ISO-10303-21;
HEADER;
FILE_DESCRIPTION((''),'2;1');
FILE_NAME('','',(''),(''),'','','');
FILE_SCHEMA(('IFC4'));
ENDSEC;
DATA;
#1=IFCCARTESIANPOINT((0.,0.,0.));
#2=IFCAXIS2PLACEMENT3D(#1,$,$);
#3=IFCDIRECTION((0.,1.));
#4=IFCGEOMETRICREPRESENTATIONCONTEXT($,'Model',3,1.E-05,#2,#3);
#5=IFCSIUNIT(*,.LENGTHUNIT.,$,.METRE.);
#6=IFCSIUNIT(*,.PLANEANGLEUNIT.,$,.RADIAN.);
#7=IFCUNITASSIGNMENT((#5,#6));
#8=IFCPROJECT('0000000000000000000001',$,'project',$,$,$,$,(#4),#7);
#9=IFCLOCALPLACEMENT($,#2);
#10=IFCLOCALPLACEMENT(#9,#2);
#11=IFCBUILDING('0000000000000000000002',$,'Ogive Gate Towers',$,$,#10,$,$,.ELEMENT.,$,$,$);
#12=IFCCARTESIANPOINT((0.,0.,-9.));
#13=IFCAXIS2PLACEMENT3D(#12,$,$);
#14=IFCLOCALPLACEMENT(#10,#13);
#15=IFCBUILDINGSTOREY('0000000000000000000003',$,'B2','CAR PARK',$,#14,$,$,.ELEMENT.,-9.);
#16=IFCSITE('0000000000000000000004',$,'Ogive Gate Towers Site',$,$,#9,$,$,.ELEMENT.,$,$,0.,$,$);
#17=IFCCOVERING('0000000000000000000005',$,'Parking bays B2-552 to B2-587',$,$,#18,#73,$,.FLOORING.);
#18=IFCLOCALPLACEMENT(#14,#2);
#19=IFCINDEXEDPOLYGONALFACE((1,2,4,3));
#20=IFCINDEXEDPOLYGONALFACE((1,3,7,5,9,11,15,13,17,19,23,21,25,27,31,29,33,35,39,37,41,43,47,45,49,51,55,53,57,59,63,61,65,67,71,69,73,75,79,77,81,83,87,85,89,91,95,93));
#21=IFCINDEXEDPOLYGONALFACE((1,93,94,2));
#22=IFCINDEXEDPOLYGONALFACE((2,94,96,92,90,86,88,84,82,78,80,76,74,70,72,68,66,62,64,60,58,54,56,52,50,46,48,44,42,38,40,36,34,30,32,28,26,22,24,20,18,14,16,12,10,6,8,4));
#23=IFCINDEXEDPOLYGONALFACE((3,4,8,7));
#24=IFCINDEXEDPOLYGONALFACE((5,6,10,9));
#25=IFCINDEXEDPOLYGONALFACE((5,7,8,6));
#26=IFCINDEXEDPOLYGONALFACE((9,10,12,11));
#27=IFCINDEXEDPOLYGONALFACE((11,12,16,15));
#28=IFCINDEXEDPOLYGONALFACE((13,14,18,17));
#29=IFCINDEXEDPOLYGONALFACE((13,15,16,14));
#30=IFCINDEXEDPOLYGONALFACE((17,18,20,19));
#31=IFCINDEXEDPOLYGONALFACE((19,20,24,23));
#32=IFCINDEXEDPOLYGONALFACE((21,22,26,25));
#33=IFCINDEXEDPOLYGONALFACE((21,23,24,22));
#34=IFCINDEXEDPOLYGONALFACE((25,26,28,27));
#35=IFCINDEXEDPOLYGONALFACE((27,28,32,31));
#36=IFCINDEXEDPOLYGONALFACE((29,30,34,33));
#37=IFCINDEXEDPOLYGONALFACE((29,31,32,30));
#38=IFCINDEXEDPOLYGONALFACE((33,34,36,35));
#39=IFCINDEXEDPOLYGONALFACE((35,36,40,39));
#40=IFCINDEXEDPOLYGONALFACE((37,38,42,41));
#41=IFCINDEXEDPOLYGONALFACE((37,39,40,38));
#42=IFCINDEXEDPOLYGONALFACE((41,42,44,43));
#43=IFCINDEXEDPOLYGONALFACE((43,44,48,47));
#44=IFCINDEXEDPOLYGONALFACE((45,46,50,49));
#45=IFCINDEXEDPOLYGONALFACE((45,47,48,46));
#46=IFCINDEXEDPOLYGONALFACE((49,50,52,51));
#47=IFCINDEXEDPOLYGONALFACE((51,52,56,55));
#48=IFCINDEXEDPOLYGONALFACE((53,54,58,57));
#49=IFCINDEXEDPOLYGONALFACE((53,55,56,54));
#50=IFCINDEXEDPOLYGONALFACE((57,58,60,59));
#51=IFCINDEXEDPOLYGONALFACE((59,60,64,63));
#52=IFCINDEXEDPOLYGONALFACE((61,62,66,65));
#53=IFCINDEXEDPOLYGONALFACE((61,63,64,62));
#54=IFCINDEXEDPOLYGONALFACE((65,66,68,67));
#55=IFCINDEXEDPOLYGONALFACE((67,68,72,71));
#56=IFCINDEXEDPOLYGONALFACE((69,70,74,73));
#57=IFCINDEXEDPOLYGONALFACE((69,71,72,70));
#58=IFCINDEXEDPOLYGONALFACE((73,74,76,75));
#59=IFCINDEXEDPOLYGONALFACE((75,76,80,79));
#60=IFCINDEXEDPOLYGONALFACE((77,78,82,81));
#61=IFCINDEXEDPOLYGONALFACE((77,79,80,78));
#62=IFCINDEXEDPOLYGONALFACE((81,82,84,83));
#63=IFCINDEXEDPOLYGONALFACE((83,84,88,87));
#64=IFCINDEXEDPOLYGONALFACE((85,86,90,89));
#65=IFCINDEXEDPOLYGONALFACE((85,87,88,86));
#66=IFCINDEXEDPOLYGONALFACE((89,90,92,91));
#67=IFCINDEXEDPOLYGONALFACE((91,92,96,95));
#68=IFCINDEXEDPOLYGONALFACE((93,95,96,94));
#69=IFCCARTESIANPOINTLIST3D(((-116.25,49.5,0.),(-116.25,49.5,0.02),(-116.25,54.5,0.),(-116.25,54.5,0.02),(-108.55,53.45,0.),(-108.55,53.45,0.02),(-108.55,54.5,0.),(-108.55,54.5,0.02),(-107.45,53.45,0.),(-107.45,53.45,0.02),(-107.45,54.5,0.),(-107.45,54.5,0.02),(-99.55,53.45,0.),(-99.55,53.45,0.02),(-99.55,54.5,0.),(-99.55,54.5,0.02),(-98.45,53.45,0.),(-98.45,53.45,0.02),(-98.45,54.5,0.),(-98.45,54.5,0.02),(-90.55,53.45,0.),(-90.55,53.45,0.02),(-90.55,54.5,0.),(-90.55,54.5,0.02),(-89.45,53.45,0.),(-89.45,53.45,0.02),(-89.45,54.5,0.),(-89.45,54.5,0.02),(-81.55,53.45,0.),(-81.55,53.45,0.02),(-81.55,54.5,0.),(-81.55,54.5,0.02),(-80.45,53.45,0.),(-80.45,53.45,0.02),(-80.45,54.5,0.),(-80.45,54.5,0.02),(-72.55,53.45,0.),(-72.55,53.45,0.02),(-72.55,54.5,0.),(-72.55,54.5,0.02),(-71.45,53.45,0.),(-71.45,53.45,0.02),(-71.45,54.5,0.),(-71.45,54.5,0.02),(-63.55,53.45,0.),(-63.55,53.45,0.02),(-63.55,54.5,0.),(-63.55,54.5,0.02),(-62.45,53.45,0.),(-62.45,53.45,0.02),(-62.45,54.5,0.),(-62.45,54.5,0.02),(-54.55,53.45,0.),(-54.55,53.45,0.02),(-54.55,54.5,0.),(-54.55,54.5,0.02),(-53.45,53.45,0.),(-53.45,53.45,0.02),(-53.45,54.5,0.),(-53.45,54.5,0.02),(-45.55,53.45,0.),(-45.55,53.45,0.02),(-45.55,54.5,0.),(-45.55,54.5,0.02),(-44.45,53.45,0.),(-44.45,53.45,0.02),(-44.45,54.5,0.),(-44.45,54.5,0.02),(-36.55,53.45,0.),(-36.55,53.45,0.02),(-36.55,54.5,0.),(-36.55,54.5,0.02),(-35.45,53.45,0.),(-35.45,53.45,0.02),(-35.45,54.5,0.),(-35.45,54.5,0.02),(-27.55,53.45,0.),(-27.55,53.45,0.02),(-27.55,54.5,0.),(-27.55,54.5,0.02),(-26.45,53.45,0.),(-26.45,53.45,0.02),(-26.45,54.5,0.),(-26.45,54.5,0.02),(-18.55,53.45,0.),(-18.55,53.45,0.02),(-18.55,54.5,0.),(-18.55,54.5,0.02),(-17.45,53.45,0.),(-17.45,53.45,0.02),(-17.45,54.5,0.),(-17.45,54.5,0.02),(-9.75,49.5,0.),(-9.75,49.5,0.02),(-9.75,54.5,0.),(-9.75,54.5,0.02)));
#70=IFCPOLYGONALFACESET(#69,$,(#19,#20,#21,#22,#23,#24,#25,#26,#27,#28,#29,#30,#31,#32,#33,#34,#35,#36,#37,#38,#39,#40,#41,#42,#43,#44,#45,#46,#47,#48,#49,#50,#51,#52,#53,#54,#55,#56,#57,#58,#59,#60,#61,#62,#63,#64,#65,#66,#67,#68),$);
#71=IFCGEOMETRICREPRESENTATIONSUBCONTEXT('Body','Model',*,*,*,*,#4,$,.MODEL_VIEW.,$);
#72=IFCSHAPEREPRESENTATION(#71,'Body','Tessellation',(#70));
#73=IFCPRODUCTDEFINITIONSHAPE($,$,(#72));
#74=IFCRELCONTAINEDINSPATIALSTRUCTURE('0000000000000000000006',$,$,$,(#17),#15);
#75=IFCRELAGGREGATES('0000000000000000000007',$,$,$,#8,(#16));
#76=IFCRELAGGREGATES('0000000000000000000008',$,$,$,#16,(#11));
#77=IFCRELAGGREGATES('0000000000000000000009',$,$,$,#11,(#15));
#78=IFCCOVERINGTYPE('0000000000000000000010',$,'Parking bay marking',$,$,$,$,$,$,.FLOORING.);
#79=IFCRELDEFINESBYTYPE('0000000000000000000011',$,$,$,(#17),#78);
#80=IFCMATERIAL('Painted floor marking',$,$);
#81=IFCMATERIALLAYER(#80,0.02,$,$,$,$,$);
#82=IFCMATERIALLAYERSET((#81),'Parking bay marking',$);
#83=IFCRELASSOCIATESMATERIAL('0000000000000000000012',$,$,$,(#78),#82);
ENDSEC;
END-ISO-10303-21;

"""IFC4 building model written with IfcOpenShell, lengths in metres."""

from ifc_helpers import new_model, si_unit, direction, frame, origin, place, context, subcontext, project, spatial, polyline, outline, extrude, material, layer, layer_set, type_object, element, save


model = new_model("IFC4")

# Units and contexts
model_context = context("Model", 3, precision=1e-05, world=origin(), true_north=direction((0.0, 1.0)))
body_context = subcontext(model_context, "Body", "Model", "MODEL_VIEW")
ifc_project = project(units=[si_unit("LENGTHUNIT", "METRE"), si_unit("PLANEANGLEUNIT", "RADIAN")], contexts=[model_context])

# Site, building, storey
site_placement = place(None, origin())
site = spatial("IfcSite", under=ifc_project, at=site_placement, Name="Ogive Gate Towers Site", CompositionType="ELEMENT", RefElevation=0.0)
building_placement = place(site_placement, origin())
building = spatial("IfcBuilding", under=site, at=building_placement, Name="Ogive Gate Towers", CompositionType="ELEMENT")
storey_placement = place(building_placement, frame((0.0, 0.0, -9.0)))
storey = spatial("IfcBuildingStorey", under=building, at=storey_placement, Name="B2", Description="CAR PARK", CompositionType="ELEMENT", Elevation=-9.0)

# Covering
ifc_material_1 = material(Name="Painted floor marking")
ifc_layer_1 = layer(ifc_material_1, 0.02)
ifc_layer_set_1 = layer_set([ifc_layer_1], Name="Parking bay marking")
covering_type_1 = type_object("IfcCoveringType", Name="Parking bay marking", PredefinedType="FLOORING", material=ifc_layer_set_1)
covering_1_placement = place(storey_placement, origin())
element("IfcCovering", 1, at=covering_1_placement, inside=storey, type_object=covering_type_1, Name="Parking bays B2-552 to B2-587", PredefinedType="FLOORING", context=body_context, shape_type="SweptSolid", body=[
    extrude(outline(polyline([(-108.55, 54.5), (-108.55, 53.45), (-107.45, 53.45), (-107.45, 54.5), (-99.55, 54.5), (-99.55, 53.45), (-98.45, 53.45), (-98.45, 54.5), (-90.55, 54.5), (-90.55, 53.45), (-89.45, 53.45), (-89.45, 54.5), (-81.55, 54.5), (-81.55, 53.45), (-80.45, 53.45), (-80.45, 54.5), (-72.55, 54.5), (-72.55, 53.45), (-71.45, 53.45), (-71.45, 54.5), (-63.55, 54.5), (-63.55, 53.45), (-62.45, 53.45), (-62.45, 54.5), (-54.55, 54.5), (-54.55, 53.45), (-53.45, 53.45), (-53.45, 54.5), (-45.55, 54.5), (-45.55, 53.45), (-44.45, 53.45), (-44.45, 54.5), (-36.55, 54.5), (-36.55, 53.45), (-35.45, 53.45), (-35.45, 54.5), (-27.55, 54.5), (-27.55, 53.45), (-26.45, 53.45), (-26.45, 54.5), (-18.55, 54.5), (-18.55, 53.45), (-17.45, 53.45), (-17.45, 54.5), (-9.75, 54.5), (-9.75, 49.5), (-116.25, 49.5), (-116.25, 54.5), (-108.55, 54.5)])), origin(), (0.0, 0.0, 1.0), 0.02),
])

save(model, "model.ifc")
